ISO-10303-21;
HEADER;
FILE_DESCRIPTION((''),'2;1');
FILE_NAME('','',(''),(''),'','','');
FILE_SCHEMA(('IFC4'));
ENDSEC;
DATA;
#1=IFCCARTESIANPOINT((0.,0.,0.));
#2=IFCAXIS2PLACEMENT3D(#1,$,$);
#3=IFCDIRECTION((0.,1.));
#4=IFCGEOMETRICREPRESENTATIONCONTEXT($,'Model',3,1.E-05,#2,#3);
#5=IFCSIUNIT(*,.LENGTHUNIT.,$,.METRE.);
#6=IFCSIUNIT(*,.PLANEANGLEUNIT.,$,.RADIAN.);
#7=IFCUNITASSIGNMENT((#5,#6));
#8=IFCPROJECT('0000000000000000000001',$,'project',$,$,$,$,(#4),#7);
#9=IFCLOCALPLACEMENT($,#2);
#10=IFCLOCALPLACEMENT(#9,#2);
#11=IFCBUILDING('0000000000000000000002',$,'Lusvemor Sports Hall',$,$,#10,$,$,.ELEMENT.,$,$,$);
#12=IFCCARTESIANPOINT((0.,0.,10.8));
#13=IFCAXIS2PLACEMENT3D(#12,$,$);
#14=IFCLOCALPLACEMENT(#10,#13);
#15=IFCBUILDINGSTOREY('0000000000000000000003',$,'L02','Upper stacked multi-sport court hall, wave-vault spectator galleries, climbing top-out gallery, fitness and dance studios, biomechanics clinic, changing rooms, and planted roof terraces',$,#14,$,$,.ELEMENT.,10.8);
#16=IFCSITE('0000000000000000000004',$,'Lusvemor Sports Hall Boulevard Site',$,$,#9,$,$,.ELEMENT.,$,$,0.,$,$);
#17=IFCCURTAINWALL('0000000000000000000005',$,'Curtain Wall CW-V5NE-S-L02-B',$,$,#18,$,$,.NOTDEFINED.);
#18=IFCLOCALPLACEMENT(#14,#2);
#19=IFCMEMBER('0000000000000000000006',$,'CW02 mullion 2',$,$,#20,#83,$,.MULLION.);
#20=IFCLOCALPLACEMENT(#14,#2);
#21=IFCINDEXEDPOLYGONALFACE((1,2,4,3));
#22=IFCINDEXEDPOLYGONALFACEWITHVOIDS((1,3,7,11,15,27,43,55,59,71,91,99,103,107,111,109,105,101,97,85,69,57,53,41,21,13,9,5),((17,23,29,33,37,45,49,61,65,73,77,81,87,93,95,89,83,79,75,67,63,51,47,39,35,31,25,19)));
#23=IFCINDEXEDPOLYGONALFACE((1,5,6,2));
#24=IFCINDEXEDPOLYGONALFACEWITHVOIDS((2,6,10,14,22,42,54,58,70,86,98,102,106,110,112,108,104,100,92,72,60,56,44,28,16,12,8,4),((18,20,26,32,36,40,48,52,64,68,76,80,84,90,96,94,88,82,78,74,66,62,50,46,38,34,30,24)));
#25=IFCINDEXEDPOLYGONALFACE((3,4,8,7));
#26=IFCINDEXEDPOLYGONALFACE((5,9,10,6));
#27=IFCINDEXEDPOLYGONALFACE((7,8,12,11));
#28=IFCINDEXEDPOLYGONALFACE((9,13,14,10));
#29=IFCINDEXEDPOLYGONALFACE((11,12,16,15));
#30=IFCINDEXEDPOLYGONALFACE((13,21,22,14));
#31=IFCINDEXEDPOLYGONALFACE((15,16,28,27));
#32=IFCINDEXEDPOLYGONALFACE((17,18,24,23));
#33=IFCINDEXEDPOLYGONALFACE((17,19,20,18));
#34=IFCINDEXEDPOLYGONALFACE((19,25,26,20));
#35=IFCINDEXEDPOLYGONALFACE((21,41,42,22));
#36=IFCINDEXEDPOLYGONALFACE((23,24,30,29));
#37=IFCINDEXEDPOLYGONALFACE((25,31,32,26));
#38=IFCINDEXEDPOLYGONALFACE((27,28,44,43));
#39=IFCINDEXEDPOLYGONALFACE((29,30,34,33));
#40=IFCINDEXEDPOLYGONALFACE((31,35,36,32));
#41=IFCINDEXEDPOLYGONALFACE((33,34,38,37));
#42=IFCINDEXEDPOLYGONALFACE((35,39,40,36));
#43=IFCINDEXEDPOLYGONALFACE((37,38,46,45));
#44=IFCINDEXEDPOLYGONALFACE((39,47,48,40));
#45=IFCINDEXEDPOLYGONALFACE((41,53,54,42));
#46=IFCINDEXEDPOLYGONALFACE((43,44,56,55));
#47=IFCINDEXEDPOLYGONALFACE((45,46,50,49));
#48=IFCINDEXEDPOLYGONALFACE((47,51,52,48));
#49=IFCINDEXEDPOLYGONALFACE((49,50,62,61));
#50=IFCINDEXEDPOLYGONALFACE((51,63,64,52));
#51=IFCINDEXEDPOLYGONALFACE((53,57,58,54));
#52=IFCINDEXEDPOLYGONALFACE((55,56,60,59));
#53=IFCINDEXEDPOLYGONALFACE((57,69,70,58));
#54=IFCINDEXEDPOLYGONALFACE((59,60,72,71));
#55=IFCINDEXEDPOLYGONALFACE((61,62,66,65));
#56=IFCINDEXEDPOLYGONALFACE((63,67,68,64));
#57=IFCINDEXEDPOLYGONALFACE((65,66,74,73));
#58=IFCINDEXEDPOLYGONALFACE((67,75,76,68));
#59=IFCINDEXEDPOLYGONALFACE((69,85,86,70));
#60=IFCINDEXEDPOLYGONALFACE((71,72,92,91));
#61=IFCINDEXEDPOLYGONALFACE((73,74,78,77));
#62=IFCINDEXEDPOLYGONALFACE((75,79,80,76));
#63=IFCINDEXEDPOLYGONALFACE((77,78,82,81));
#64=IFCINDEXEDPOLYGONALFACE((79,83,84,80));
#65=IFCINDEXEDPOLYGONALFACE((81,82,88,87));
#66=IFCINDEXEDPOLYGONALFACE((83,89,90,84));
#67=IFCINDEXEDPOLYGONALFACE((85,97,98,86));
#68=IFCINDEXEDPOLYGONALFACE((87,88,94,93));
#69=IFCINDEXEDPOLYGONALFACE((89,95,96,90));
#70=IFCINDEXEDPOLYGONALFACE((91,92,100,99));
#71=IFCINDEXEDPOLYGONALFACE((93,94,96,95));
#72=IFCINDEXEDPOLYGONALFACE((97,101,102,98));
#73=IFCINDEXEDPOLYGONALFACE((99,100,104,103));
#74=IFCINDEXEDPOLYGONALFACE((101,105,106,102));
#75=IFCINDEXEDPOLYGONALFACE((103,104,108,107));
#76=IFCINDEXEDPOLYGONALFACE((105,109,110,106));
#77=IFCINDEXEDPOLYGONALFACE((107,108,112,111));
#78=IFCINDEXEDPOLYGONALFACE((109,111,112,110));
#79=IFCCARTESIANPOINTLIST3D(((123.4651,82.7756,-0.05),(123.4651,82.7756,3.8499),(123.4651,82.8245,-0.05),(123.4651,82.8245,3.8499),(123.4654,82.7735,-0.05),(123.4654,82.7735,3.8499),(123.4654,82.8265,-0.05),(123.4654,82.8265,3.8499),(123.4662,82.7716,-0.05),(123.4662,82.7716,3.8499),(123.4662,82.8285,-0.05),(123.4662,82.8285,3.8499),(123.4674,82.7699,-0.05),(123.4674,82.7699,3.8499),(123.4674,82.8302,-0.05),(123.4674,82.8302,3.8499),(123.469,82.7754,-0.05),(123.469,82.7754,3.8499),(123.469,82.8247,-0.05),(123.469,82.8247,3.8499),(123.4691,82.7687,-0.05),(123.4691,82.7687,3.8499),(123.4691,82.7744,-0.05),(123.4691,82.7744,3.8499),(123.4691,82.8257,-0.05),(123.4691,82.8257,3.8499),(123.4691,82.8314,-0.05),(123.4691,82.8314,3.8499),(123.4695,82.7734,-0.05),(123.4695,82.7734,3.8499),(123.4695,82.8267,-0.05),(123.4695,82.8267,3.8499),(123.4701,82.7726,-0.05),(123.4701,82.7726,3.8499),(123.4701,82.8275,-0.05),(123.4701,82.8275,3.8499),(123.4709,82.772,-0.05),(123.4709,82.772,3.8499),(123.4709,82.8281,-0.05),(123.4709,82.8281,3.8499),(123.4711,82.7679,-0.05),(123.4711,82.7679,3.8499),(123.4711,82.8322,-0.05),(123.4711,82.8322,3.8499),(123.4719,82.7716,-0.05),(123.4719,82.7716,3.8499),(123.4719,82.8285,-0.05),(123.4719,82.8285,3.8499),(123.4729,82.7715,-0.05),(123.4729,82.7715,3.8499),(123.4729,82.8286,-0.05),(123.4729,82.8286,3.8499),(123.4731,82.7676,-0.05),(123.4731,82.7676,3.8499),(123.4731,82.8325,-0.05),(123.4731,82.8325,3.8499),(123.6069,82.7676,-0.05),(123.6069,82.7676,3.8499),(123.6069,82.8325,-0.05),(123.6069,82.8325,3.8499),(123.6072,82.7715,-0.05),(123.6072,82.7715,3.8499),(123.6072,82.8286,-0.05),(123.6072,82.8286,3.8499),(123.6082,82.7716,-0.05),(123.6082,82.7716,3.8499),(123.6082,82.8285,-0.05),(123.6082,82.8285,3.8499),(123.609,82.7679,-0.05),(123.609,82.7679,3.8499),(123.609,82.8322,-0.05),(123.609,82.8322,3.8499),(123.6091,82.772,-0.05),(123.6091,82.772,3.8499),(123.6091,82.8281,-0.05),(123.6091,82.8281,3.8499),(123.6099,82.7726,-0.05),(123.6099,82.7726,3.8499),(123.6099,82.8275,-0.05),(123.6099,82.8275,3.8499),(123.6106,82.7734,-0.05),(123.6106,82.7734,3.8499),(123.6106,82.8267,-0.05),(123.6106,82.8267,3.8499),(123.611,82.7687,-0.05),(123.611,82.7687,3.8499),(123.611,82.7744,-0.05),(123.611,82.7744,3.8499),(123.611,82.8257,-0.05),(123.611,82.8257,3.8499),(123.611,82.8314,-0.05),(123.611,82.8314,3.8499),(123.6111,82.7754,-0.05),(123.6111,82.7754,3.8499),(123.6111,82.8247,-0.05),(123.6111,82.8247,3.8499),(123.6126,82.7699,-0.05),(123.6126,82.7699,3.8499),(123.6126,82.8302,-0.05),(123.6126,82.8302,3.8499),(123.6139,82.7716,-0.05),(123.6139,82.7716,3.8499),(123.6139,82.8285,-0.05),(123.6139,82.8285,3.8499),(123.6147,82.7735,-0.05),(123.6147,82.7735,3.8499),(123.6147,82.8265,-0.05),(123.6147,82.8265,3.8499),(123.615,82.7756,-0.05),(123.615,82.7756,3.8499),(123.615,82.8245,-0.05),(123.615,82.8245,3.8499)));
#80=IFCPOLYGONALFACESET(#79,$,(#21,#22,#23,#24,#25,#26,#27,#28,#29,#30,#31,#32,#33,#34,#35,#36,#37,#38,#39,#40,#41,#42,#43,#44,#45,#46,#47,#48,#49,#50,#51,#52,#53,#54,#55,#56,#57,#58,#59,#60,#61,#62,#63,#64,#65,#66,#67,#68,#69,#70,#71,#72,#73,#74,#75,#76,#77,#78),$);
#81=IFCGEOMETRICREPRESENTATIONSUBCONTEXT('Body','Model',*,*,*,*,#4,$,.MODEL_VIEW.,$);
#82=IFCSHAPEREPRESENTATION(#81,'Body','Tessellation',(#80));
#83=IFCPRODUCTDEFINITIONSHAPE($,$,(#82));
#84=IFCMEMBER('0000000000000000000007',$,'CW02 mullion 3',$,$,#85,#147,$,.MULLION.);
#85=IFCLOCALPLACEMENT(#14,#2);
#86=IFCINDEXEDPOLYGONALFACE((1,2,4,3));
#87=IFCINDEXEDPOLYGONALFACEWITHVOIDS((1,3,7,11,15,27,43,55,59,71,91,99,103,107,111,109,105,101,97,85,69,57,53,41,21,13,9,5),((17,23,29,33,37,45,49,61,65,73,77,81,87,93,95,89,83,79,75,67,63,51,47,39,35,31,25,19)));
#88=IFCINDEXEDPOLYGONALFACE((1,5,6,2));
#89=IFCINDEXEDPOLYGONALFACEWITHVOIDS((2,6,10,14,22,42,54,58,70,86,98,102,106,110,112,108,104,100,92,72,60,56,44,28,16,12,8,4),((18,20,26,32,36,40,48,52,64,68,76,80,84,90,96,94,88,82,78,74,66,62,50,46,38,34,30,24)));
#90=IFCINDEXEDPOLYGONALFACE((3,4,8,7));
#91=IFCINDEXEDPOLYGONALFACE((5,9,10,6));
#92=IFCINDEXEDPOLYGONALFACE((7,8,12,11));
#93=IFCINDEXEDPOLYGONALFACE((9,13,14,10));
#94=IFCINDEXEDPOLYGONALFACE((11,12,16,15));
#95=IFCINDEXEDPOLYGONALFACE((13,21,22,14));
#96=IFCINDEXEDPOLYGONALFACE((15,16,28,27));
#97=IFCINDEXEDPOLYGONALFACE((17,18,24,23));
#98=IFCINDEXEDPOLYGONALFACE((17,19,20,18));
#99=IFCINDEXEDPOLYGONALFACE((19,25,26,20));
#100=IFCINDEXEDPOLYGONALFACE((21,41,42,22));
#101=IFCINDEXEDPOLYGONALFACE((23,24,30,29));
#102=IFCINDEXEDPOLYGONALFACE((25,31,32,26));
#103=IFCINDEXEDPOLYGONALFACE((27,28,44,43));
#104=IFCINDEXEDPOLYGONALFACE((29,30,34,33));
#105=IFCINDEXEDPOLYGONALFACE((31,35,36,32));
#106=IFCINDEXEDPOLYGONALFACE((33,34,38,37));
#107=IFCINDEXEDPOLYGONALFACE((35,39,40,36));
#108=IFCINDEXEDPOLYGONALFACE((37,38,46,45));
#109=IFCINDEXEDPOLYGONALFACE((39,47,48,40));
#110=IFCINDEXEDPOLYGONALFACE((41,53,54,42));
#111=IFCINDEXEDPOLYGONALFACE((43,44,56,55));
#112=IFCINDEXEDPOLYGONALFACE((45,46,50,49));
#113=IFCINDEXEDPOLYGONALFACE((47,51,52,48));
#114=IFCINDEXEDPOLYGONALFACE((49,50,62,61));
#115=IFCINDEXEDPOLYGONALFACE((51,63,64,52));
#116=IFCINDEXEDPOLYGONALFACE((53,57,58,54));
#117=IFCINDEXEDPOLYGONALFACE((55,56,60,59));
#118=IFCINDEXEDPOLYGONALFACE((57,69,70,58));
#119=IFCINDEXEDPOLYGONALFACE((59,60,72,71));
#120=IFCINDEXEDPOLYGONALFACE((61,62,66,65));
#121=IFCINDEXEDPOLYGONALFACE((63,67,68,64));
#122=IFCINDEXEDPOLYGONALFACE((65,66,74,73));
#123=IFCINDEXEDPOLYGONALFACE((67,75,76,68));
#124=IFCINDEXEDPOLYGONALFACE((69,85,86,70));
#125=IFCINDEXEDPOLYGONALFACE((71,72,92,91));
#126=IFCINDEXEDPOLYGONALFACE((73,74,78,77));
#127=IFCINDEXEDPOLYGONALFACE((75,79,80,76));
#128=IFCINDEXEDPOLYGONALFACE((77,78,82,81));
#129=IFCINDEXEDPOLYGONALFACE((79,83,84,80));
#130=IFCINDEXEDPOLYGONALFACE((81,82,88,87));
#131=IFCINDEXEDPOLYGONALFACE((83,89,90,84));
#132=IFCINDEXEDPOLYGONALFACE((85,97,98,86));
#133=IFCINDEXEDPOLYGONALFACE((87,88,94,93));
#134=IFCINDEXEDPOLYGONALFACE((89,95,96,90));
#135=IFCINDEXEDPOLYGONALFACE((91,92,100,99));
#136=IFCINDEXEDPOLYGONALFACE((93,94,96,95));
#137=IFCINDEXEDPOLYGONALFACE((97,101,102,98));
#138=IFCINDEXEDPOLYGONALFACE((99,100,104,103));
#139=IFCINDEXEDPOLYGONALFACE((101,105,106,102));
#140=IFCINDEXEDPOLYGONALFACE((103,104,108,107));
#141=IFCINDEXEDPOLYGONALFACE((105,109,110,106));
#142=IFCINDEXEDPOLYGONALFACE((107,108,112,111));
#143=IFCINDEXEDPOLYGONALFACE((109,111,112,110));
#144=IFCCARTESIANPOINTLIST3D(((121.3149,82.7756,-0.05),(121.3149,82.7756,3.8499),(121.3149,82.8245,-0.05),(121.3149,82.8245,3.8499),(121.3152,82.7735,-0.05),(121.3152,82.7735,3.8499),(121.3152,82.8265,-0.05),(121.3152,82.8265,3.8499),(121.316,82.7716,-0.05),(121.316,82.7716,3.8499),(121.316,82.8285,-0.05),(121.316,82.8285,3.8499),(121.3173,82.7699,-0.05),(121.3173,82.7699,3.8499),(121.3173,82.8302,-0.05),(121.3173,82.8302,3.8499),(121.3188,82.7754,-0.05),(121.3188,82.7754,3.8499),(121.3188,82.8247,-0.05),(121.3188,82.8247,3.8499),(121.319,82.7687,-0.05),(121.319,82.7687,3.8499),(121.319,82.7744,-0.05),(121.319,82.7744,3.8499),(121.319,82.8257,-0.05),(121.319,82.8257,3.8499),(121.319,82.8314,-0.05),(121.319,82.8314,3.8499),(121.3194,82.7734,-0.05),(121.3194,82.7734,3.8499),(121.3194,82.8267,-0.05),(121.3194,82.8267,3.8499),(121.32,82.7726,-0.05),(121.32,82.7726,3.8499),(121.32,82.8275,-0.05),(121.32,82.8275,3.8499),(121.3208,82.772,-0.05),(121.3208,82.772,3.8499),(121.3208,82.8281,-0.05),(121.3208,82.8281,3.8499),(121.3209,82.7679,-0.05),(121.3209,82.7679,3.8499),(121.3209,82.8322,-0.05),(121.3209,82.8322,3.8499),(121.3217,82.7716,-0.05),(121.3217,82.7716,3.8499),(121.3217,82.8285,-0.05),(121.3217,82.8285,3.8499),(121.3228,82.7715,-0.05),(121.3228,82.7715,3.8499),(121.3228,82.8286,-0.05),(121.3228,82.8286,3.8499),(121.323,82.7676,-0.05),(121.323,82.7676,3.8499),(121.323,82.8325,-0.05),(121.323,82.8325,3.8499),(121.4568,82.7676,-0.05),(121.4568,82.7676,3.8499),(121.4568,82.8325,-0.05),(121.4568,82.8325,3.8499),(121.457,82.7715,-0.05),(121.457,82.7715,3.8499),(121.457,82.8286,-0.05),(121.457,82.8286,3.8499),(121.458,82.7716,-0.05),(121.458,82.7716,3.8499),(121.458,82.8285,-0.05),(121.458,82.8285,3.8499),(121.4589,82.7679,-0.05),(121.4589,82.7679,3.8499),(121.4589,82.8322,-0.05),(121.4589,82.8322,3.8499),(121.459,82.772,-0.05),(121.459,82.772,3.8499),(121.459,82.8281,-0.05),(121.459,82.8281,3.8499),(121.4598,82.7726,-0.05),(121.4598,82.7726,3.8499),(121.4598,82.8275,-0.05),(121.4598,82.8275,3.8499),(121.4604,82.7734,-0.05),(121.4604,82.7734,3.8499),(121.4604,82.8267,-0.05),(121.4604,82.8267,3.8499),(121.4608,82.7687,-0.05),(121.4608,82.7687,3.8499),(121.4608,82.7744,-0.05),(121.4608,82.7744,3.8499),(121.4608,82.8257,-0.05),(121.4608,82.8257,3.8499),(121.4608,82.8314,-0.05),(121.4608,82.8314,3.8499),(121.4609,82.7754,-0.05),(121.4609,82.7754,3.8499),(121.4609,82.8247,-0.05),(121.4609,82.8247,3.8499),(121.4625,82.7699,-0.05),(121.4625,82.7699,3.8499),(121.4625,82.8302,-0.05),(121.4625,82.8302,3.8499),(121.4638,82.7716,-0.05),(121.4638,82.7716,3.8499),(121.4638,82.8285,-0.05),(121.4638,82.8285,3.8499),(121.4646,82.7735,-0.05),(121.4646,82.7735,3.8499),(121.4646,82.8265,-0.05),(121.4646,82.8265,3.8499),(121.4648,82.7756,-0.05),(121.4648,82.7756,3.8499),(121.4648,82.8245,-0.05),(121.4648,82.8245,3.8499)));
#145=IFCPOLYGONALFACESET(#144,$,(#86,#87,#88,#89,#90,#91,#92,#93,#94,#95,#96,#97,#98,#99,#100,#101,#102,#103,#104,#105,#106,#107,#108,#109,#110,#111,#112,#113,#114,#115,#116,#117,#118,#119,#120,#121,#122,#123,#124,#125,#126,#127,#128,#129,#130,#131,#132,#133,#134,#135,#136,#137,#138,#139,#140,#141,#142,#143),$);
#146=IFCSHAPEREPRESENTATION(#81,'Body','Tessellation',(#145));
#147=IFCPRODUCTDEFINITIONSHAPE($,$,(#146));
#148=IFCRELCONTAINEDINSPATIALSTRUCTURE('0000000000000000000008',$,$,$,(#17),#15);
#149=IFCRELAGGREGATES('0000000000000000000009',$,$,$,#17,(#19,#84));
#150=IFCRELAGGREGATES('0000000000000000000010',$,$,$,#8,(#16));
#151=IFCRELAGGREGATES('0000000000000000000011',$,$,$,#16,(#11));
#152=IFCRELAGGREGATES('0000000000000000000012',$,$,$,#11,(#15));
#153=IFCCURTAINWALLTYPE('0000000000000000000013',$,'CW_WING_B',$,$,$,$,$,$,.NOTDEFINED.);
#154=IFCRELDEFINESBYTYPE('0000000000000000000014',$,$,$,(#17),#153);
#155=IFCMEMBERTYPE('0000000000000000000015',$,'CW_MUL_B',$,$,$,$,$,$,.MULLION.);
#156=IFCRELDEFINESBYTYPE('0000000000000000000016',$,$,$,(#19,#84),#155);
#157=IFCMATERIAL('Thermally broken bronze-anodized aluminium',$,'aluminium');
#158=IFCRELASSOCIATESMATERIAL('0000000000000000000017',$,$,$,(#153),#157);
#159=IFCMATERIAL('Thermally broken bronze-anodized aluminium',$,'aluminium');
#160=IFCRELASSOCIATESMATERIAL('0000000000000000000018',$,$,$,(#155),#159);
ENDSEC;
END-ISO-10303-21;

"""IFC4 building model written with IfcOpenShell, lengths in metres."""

from ifc_helpers import new_model, si_unit, direction, frame, origin, origin_2d, place, context, subcontext, project, spatial, hollow_rectangle, extrude, material, material_profile, profile_set, type_object, element, aggregate, save


model = new_model("IFC4")

# Units and contexts
model_context = context("Model", 3, precision=1e-05, world=origin(), true_north=direction((0.0, 1.0)))
body_context = subcontext(model_context, "Body", "Model", "MODEL_VIEW")
ifc_project = project(units=[si_unit("LENGTHUNIT", "METRE"), si_unit("PLANEANGLEUNIT", "RADIAN")], contexts=[model_context])

# Site, building, storey
site_placement = place(None, origin())
site = spatial("IfcSite", under=ifc_project, at=site_placement, Name="Lusvemor Sports Hall Boulevard Site", CompositionType="ELEMENT", RefElevation=0.0)
building_placement = place(site_placement, origin())
building = spatial("IfcBuilding", under=site, at=building_placement, Name="Lusvemor Sports Hall", CompositionType="ELEMENT")
storey_placement = place(building_placement, frame((0.0, 0.0, 10.8)))
storey = spatial("IfcBuildingStorey", under=building, at=storey_placement, Name="L02", Description="Upper stacked multi-sport court hall, wave-vault spectator galleries, climbing top-out gallery, fitness and dance studios, biomechanics clinic, changing rooms, and planted roof terraces", CompositionType="ELEMENT", Elevation=10.8)

# Curtain wall, members
ifc_material_1 = material(Name="Thermally broken bronze-anodized aluminium", Category="aluminium")
curtain_wall_type = type_object("IfcCurtainWallType", Name="CW_WING_B", PredefinedType="NOTDEFINED", material=ifc_material_1)
curtain_wall_placement = place(storey_placement, origin())
curtain_wall = element("IfcCurtainWall", 1, at=curtain_wall_placement, inside=storey, type_object=curtain_wall_type, Name="Curtain Wall CW-V5NE-S-L02-B", PredefinedType="NOTDEFINED")
ifc_material_2 = material(Name="Thermally broken bronze-anodized aluminium", Category="aluminium")
ifc_material_profile_1 = material_profile(ifc_material_2, hollow_rectangle(XDim=0.0649, YDim=0.1499, WallThickness=0.0039, InnerFilletRadius=0.0039, OuterFilletRadius=0.0081, at=origin_2d()), Name="CWMUL150x65x4")
ifc_profile_set_1 = profile_set([ifc_material_profile_1], Name="Thermally broken bronze-anodized aluminium")
member_type_1 = type_object("IfcMemberType", Name="CW_MUL_B", PredefinedType="MULLION", material=ifc_profile_set_1)
member_1_placement = place(storey_placement, frame((123.54, 82.8, -0.05), z_axis=(0.0, 0.0, 1.0), x_axis=(0.0, -1.0, 0.0)))
member_1 = element("IfcMember", 2, at=member_1_placement, type_object=member_type_1, Name="CW02 mullion 2", PredefinedType="MULLION", context=body_context, shape_type="SweptSolid", body=[
    extrude(hollow_rectangle(XDim=0.0649, YDim=0.1499, WallThickness=0.0039, InnerFilletRadius=0.0039, OuterFilletRadius=0.0081, at=origin_2d()), origin(), (0.0, 0.0, 1.0), 3.8999),
])
member_2_placement = place(storey_placement, frame((121.3899, 82.8, -0.05), z_axis=(0.0, 0.0, 1.0), x_axis=(0.0, -1.0, 0.0)))
member_2 = element("IfcMember", 3, at=member_2_placement, type_object=member_type_1, Name="CW02 mullion 3", PredefinedType="MULLION", context=body_context, shape_type="SweptSolid", body=[
    extrude(hollow_rectangle(XDim=0.0649, YDim=0.1499, WallThickness=0.0039, InnerFilletRadius=0.0039, OuterFilletRadius=0.0081, at=origin_2d()), origin(), (0.0, 0.0, 1.0), 3.8999),
])
aggregate(curtain_wall, [member_1, member_2])

save(model, "model.ifc")
